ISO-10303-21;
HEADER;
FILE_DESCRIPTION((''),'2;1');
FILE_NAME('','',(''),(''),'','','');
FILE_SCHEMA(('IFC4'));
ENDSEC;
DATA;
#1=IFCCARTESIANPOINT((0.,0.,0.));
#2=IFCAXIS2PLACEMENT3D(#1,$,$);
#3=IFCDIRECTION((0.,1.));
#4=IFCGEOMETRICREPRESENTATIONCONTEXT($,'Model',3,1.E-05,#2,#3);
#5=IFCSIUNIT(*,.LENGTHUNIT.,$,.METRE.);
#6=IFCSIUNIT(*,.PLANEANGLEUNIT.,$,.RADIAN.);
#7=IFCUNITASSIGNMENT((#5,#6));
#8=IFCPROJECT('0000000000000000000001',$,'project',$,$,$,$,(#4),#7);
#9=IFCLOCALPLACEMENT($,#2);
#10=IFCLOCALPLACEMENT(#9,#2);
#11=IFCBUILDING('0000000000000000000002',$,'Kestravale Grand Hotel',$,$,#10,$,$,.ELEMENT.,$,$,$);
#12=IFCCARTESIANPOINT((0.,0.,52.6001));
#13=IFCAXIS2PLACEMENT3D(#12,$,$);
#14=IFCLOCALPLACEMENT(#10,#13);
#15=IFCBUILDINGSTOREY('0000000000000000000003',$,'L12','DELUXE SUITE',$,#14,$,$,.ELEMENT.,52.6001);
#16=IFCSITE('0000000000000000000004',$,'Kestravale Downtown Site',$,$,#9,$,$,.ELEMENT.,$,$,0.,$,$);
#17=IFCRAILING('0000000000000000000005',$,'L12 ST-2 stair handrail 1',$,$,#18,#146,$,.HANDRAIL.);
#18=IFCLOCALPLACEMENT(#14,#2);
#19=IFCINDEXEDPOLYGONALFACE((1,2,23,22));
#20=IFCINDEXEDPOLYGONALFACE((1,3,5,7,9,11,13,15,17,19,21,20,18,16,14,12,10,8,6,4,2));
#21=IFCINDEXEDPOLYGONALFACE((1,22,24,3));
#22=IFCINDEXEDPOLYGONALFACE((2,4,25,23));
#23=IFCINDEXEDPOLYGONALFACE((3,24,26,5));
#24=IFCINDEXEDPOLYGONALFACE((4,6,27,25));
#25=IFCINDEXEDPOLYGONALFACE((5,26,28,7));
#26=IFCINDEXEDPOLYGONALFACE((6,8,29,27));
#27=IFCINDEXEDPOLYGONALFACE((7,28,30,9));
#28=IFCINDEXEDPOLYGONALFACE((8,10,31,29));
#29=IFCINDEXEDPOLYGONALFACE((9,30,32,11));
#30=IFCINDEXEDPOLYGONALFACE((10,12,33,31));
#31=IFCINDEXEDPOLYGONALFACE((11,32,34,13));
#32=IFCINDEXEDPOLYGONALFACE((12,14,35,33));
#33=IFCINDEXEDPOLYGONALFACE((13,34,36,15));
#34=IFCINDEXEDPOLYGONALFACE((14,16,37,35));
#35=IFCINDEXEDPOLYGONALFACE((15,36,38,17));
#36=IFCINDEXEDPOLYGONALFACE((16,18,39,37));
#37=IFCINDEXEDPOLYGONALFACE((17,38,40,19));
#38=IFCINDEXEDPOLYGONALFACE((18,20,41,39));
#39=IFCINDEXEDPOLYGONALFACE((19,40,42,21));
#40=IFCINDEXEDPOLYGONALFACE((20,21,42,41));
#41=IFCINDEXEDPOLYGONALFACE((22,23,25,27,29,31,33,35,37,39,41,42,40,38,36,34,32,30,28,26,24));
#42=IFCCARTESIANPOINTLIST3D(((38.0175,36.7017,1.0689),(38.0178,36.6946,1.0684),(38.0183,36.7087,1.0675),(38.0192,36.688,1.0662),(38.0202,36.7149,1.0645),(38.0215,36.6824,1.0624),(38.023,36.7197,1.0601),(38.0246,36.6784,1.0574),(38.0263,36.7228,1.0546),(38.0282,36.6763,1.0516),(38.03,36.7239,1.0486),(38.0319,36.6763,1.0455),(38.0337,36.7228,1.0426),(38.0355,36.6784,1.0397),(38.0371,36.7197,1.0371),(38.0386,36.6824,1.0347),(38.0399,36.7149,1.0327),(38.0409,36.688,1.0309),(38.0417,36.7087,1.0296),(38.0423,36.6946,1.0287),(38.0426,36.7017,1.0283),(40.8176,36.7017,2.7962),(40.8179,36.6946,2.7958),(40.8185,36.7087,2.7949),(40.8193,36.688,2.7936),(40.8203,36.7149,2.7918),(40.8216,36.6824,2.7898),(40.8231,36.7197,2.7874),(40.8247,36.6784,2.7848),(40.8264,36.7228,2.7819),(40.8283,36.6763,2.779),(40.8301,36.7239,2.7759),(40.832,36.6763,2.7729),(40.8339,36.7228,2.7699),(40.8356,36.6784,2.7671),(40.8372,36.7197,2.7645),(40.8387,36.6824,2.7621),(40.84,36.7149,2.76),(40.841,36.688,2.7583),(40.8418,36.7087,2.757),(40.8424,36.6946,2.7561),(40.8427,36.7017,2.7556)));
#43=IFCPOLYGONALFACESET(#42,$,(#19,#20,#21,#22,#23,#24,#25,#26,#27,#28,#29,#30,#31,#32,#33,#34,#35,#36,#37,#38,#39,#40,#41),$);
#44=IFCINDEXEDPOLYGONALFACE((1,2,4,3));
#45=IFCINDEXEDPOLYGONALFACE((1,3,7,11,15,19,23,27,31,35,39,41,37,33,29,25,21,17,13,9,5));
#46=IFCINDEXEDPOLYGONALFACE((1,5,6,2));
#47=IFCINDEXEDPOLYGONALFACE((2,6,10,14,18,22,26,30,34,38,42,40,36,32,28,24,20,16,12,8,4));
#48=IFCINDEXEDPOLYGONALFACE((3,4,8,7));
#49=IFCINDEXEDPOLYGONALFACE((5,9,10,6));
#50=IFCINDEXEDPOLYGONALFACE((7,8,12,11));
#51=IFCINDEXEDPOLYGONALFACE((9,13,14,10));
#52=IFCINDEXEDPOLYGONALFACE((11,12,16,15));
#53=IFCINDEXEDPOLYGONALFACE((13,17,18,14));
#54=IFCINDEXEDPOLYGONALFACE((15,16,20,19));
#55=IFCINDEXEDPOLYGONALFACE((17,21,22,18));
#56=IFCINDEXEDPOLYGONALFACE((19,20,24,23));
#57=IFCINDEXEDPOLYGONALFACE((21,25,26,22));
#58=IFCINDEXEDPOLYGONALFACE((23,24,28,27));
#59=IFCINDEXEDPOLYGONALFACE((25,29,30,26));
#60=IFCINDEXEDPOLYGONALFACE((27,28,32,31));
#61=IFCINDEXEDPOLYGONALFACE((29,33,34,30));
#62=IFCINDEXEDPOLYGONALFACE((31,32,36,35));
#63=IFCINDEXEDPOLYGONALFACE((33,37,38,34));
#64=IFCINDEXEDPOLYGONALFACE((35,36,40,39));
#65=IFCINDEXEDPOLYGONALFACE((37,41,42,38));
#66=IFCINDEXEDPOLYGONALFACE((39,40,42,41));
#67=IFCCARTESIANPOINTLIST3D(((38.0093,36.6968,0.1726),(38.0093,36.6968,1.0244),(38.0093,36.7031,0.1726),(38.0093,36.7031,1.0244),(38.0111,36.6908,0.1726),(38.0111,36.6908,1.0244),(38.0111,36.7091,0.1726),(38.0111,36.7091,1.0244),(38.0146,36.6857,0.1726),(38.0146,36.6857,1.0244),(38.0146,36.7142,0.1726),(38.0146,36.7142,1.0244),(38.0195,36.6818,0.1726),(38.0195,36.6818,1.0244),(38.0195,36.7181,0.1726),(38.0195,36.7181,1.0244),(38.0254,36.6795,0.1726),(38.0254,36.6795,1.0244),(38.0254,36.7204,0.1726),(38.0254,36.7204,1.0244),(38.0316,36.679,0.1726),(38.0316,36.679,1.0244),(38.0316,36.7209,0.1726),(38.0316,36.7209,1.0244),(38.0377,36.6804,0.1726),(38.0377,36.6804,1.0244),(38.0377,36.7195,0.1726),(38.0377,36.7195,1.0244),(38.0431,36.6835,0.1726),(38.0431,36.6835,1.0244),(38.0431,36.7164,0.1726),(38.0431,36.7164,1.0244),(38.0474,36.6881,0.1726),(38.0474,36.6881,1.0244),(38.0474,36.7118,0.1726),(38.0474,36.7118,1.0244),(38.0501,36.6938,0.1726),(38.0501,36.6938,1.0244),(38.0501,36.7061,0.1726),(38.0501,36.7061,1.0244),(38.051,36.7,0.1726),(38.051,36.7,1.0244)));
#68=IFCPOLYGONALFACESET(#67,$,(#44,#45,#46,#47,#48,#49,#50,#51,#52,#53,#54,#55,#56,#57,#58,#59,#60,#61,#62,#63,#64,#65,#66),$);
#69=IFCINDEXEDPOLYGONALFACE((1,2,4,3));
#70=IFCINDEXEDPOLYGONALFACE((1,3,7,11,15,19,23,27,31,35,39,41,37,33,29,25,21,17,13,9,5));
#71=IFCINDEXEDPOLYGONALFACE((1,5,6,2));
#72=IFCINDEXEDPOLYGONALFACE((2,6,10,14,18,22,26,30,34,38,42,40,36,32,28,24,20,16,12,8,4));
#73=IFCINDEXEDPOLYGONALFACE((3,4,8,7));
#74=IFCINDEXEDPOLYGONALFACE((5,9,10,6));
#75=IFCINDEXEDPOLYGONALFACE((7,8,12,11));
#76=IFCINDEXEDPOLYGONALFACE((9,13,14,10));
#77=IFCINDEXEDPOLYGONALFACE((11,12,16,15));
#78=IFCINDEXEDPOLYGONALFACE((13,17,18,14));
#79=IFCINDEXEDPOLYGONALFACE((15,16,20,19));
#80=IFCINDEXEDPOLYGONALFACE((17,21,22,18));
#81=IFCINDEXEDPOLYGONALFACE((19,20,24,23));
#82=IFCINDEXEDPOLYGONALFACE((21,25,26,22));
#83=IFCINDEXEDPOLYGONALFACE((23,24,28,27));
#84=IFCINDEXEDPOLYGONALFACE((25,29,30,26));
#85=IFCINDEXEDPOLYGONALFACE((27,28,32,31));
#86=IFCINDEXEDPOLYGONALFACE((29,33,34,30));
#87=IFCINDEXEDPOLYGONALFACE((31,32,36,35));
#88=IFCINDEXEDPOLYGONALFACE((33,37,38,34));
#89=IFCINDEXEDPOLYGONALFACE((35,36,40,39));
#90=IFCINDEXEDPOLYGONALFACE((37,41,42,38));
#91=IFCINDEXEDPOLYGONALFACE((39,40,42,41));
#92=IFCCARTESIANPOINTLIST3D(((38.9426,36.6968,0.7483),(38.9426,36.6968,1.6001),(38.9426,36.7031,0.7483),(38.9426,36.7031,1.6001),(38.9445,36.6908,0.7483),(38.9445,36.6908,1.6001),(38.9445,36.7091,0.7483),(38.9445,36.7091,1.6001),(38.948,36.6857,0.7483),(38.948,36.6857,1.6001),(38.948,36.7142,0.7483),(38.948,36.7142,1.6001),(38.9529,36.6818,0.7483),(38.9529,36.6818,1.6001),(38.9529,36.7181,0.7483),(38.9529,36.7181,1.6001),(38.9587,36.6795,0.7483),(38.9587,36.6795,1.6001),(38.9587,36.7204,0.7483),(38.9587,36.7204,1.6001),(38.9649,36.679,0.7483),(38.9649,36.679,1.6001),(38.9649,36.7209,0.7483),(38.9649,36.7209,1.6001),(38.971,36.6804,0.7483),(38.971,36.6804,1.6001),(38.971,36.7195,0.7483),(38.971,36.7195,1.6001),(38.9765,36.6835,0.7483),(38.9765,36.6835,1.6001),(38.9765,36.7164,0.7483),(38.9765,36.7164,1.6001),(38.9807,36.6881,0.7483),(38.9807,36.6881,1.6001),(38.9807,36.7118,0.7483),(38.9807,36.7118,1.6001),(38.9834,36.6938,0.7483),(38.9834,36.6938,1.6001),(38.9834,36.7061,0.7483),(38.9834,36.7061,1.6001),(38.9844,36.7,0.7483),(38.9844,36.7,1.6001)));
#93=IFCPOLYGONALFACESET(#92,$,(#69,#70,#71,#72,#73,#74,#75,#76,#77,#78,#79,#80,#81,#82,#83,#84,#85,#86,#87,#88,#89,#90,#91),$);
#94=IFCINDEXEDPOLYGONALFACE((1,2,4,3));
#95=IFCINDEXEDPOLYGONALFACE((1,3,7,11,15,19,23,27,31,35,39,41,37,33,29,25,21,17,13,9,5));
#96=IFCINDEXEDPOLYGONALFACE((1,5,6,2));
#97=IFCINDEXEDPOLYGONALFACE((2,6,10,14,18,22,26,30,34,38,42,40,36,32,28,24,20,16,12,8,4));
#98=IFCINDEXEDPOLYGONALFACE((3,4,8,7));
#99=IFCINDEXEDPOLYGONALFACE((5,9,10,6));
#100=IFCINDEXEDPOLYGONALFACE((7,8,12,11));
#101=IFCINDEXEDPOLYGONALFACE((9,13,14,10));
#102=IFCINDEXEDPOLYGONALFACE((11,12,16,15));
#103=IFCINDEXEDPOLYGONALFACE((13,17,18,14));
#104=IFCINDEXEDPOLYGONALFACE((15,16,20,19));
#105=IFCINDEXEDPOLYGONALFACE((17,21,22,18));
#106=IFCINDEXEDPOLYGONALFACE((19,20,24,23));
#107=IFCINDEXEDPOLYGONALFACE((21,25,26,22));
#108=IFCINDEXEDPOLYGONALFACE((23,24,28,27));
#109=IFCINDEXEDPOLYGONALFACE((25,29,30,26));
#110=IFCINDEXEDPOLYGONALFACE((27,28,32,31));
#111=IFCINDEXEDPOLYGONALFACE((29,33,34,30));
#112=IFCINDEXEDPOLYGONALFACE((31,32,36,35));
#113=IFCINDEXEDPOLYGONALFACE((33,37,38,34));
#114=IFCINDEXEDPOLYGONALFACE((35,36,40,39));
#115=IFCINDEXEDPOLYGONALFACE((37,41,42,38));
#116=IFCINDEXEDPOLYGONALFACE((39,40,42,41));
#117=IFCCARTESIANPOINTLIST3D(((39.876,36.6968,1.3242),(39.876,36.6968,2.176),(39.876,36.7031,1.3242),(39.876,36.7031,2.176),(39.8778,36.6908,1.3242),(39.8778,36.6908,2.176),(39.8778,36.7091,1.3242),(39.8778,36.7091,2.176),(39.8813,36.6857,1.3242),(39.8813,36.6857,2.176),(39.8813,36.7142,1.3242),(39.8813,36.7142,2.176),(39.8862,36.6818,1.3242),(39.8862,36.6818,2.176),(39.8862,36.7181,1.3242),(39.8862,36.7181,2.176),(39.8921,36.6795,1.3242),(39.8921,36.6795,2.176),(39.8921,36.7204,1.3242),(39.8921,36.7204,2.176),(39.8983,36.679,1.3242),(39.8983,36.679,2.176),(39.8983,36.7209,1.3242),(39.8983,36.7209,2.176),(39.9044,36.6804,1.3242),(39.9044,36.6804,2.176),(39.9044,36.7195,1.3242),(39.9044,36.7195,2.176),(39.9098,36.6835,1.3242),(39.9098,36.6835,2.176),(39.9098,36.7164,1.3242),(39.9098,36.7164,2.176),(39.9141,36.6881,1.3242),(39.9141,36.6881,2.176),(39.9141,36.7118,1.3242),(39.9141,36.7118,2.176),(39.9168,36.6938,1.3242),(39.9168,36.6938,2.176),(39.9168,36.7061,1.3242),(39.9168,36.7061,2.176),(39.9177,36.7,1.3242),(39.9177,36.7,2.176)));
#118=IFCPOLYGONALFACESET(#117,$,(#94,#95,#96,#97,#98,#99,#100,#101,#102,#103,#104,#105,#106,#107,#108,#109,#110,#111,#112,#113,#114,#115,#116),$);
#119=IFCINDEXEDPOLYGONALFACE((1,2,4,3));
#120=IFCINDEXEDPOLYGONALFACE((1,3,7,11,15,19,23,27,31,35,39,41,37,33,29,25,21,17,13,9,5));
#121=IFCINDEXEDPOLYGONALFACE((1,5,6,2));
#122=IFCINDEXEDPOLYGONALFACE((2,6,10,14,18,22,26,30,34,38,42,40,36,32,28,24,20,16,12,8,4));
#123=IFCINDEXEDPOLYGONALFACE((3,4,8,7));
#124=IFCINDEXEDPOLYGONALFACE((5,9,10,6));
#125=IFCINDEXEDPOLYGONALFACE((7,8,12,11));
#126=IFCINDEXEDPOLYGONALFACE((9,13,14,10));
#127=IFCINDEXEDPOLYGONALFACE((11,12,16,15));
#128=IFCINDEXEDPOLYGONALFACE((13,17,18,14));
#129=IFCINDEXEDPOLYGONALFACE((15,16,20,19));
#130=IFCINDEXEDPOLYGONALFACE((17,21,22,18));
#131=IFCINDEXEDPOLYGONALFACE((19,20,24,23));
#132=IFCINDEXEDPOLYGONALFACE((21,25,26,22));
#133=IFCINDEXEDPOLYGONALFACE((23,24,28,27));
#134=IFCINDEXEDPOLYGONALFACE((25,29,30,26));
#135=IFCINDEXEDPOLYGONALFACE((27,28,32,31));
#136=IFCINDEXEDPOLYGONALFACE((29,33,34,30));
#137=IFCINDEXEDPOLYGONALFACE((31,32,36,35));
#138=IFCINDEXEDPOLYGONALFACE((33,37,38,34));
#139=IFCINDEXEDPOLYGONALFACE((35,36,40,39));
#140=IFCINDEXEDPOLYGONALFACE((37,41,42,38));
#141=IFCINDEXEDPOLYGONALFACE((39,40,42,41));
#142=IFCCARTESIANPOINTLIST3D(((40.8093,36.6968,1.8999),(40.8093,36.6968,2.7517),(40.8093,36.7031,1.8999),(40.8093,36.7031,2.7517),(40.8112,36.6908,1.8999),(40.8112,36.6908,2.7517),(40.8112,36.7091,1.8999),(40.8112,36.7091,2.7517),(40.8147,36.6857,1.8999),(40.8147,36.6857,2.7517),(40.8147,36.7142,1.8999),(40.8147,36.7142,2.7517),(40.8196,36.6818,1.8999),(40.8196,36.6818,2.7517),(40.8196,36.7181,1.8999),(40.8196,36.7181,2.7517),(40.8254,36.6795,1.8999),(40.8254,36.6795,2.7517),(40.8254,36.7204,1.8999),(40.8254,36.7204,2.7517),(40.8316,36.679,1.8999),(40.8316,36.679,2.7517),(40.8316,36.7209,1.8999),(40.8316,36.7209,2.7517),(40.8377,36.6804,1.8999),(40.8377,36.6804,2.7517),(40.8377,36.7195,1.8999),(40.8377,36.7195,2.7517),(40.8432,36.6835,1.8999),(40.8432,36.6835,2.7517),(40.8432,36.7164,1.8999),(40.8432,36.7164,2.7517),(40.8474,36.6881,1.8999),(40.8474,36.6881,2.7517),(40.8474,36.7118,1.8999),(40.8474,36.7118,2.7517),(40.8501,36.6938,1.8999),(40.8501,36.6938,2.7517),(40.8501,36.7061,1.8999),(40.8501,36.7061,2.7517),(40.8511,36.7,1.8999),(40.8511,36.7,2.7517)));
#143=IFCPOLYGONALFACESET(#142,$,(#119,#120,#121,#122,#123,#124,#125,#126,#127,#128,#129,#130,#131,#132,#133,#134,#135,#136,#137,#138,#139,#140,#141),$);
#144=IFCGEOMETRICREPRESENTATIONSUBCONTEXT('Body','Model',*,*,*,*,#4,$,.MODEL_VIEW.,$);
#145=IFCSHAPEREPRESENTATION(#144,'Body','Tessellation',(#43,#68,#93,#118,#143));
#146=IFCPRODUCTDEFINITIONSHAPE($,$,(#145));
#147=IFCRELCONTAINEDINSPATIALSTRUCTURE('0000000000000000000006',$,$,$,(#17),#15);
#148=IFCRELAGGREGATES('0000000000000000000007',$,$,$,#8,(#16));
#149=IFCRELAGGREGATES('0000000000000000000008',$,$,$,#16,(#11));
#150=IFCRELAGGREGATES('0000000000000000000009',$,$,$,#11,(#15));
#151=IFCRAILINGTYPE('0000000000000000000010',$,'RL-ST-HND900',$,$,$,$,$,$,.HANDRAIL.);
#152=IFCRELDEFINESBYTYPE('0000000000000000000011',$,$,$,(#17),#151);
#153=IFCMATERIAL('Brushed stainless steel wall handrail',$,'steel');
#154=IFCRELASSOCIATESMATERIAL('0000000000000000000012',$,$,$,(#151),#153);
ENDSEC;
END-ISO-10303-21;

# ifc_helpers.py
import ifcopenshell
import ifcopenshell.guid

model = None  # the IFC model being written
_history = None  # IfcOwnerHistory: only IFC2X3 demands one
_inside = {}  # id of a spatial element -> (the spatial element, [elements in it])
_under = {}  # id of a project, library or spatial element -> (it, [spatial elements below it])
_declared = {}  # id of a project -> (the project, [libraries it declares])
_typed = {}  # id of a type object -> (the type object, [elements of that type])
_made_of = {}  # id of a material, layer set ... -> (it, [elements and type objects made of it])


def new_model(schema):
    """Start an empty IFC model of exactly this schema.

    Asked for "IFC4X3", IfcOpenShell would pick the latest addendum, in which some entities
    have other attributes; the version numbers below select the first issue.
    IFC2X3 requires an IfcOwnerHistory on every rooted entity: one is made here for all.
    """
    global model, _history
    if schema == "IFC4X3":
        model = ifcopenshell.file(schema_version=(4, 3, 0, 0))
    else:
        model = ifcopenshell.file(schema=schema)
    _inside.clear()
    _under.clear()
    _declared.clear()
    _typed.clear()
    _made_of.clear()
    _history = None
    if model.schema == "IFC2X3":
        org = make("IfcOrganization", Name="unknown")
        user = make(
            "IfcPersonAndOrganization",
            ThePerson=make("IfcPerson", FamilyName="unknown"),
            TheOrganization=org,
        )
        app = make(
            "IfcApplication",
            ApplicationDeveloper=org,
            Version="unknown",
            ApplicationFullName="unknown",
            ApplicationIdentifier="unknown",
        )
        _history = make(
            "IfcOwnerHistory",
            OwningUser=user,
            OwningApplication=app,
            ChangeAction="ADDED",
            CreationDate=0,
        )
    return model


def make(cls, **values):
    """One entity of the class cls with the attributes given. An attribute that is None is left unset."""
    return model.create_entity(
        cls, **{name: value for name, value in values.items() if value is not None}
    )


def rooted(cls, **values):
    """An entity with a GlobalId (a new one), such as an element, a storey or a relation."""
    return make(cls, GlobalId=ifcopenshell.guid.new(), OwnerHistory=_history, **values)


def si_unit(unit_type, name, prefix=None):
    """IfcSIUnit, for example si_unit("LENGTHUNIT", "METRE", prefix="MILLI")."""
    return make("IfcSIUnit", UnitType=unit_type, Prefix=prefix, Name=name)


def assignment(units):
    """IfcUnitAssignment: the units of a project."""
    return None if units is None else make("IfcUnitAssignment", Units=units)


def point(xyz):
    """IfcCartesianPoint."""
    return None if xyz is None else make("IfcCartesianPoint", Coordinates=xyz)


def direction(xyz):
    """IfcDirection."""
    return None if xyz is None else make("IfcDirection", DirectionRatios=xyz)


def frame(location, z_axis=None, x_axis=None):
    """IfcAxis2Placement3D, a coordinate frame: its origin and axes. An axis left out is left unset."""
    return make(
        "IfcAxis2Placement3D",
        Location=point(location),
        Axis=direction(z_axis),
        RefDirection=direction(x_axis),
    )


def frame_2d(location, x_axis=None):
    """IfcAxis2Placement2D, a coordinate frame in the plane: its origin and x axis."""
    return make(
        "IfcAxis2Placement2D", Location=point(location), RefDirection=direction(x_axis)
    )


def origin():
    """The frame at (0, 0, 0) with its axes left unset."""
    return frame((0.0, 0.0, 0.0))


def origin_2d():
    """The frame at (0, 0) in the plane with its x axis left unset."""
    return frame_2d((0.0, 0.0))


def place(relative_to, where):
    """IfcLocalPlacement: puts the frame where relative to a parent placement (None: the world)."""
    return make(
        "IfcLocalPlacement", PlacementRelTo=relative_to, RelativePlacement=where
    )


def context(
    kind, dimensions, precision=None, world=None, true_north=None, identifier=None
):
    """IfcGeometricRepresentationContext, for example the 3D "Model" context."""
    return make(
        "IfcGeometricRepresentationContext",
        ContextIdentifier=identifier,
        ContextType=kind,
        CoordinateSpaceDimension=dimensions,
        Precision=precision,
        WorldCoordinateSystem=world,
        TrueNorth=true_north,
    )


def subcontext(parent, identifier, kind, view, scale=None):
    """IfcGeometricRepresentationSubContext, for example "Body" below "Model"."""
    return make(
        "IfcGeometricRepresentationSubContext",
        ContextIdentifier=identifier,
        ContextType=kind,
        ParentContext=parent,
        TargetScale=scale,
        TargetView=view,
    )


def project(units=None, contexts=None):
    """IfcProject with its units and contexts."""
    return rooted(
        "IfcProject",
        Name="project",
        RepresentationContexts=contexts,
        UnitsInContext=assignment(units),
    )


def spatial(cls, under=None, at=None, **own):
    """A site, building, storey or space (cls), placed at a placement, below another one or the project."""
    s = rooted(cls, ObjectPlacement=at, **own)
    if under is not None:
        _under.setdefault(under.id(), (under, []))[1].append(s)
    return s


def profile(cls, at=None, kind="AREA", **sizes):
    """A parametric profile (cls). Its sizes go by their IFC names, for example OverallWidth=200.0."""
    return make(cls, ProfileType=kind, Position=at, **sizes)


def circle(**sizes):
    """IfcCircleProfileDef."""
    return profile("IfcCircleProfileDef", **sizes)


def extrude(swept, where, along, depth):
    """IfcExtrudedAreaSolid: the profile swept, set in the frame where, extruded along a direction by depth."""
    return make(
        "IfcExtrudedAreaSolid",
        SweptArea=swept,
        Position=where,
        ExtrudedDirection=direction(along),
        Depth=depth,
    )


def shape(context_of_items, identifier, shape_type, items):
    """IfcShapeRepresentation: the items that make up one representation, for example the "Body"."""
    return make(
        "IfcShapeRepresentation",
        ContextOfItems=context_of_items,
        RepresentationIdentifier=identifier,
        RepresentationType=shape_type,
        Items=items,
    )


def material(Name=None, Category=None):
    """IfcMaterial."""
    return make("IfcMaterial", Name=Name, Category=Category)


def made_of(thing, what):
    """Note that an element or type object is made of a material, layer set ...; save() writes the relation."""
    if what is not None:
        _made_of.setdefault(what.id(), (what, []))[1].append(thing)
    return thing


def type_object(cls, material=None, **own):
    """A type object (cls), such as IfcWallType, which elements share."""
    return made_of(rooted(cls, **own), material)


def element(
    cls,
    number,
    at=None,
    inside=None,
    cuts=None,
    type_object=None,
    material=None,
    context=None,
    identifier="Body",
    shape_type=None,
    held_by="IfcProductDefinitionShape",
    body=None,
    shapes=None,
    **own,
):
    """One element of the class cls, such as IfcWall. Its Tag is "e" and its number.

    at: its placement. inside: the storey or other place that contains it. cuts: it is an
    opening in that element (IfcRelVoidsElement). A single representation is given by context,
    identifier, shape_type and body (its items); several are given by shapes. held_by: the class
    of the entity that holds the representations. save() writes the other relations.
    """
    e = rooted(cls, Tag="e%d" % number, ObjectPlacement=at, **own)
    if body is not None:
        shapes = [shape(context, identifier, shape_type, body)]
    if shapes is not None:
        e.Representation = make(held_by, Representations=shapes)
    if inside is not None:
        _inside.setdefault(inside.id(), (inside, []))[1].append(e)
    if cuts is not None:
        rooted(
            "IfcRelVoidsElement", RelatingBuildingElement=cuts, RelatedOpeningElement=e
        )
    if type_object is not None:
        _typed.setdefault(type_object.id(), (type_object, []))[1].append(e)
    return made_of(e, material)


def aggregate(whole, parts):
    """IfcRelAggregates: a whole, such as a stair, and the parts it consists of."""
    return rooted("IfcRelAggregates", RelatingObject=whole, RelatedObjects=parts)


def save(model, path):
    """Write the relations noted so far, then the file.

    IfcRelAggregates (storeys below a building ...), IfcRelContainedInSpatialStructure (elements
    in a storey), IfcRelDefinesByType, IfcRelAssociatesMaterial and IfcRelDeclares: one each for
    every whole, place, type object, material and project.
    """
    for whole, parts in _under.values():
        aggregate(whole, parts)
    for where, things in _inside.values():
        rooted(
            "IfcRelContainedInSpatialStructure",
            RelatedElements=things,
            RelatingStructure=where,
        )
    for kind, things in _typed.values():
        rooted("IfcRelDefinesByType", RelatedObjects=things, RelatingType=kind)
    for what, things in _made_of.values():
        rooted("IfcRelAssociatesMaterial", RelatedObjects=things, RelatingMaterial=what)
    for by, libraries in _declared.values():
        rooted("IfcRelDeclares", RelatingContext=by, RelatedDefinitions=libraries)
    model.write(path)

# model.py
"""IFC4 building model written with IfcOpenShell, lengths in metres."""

from ifc_helpers import new_model, si_unit, direction, frame, origin, origin_2d, place, context, subcontext, project, spatial, circle, extrude, material, type_object, element, save


model = new_model("IFC4")

# Units and contexts
model_context = context("Model", 3, precision=1e-05, world=origin(), true_north=direction((0.0, 1.0)))
body_context = subcontext(model_context, "Body", "Model", "MODEL_VIEW")
ifc_project = project(units=[si_unit("LENGTHUNIT", "METRE"), si_unit("PLANEANGLEUNIT", "RADIAN")], contexts=[model_context])

# Site, building, storey
site_placement = place(None, origin())
site = spatial("IfcSite", under=ifc_project, at=site_placement, Name="Kestravale Downtown Site", CompositionType="ELEMENT", RefElevation=0.0)
building_placement = place(site_placement, origin())
building = spatial("IfcBuilding", under=site, at=building_placement, Name="Kestravale Grand Hotel", CompositionType="ELEMENT")
storey_placement = place(building_placement, frame((0.0, 0.0, 52.6001)))
storey = spatial("IfcBuildingStorey", under=building, at=storey_placement, Name="L12", Description="DELUXE SUITE", CompositionType="ELEMENT", Elevation=52.6001)

# Railing
ifc_material_1 = material(Name="Brushed stainless steel wall handrail", Category="steel")
railing_type_1 = type_object("IfcRailingType", Name="RL-ST-HND900", PredefinedType="HANDRAIL", material=ifc_material_1)
railing_1_placement = place(storey_placement, frame((38.03, 36.7, 0.1726)))
element("IfcRailing", 1, at=railing_1_placement, inside=storey, type_object=railing_type_1, Name="L12 ST-2 stair handrail 1", PredefinedType="HANDRAIL", context=body_context, shape_type="SweptSolid", body=[
    extrude(circle(Radius=0.0239, at=origin_2d()), frame((0.0, 0.0, 0.876), z_axis=(0.85109, 0.0, 0.52502), x_axis=(0.0, 1.0, 0.0)), (0.0, 0.0, 1.0), 3.29),
    extrude(circle(Radius=0.021, at=origin_2d()), origin(), (0.0, 0.0, 1.0), 0.8518),
    extrude(circle(Radius=0.021, at=origin_2d()), frame((0.9333, 0.0, 0.5757)), (0.0, 0.0, 1.0), 0.8518),
    extrude(circle(Radius=0.021, at=origin_2d()), frame((1.8667, 0.0, 1.1516)), (0.0, 0.0, 1.0), 0.8518),
    extrude(circle(Radius=0.021, at=origin_2d()), frame((2.8, 0.0, 1.7273)), (0.0, 0.0, 1.0), 0.8518),
])

save(model, "model.ifc")
